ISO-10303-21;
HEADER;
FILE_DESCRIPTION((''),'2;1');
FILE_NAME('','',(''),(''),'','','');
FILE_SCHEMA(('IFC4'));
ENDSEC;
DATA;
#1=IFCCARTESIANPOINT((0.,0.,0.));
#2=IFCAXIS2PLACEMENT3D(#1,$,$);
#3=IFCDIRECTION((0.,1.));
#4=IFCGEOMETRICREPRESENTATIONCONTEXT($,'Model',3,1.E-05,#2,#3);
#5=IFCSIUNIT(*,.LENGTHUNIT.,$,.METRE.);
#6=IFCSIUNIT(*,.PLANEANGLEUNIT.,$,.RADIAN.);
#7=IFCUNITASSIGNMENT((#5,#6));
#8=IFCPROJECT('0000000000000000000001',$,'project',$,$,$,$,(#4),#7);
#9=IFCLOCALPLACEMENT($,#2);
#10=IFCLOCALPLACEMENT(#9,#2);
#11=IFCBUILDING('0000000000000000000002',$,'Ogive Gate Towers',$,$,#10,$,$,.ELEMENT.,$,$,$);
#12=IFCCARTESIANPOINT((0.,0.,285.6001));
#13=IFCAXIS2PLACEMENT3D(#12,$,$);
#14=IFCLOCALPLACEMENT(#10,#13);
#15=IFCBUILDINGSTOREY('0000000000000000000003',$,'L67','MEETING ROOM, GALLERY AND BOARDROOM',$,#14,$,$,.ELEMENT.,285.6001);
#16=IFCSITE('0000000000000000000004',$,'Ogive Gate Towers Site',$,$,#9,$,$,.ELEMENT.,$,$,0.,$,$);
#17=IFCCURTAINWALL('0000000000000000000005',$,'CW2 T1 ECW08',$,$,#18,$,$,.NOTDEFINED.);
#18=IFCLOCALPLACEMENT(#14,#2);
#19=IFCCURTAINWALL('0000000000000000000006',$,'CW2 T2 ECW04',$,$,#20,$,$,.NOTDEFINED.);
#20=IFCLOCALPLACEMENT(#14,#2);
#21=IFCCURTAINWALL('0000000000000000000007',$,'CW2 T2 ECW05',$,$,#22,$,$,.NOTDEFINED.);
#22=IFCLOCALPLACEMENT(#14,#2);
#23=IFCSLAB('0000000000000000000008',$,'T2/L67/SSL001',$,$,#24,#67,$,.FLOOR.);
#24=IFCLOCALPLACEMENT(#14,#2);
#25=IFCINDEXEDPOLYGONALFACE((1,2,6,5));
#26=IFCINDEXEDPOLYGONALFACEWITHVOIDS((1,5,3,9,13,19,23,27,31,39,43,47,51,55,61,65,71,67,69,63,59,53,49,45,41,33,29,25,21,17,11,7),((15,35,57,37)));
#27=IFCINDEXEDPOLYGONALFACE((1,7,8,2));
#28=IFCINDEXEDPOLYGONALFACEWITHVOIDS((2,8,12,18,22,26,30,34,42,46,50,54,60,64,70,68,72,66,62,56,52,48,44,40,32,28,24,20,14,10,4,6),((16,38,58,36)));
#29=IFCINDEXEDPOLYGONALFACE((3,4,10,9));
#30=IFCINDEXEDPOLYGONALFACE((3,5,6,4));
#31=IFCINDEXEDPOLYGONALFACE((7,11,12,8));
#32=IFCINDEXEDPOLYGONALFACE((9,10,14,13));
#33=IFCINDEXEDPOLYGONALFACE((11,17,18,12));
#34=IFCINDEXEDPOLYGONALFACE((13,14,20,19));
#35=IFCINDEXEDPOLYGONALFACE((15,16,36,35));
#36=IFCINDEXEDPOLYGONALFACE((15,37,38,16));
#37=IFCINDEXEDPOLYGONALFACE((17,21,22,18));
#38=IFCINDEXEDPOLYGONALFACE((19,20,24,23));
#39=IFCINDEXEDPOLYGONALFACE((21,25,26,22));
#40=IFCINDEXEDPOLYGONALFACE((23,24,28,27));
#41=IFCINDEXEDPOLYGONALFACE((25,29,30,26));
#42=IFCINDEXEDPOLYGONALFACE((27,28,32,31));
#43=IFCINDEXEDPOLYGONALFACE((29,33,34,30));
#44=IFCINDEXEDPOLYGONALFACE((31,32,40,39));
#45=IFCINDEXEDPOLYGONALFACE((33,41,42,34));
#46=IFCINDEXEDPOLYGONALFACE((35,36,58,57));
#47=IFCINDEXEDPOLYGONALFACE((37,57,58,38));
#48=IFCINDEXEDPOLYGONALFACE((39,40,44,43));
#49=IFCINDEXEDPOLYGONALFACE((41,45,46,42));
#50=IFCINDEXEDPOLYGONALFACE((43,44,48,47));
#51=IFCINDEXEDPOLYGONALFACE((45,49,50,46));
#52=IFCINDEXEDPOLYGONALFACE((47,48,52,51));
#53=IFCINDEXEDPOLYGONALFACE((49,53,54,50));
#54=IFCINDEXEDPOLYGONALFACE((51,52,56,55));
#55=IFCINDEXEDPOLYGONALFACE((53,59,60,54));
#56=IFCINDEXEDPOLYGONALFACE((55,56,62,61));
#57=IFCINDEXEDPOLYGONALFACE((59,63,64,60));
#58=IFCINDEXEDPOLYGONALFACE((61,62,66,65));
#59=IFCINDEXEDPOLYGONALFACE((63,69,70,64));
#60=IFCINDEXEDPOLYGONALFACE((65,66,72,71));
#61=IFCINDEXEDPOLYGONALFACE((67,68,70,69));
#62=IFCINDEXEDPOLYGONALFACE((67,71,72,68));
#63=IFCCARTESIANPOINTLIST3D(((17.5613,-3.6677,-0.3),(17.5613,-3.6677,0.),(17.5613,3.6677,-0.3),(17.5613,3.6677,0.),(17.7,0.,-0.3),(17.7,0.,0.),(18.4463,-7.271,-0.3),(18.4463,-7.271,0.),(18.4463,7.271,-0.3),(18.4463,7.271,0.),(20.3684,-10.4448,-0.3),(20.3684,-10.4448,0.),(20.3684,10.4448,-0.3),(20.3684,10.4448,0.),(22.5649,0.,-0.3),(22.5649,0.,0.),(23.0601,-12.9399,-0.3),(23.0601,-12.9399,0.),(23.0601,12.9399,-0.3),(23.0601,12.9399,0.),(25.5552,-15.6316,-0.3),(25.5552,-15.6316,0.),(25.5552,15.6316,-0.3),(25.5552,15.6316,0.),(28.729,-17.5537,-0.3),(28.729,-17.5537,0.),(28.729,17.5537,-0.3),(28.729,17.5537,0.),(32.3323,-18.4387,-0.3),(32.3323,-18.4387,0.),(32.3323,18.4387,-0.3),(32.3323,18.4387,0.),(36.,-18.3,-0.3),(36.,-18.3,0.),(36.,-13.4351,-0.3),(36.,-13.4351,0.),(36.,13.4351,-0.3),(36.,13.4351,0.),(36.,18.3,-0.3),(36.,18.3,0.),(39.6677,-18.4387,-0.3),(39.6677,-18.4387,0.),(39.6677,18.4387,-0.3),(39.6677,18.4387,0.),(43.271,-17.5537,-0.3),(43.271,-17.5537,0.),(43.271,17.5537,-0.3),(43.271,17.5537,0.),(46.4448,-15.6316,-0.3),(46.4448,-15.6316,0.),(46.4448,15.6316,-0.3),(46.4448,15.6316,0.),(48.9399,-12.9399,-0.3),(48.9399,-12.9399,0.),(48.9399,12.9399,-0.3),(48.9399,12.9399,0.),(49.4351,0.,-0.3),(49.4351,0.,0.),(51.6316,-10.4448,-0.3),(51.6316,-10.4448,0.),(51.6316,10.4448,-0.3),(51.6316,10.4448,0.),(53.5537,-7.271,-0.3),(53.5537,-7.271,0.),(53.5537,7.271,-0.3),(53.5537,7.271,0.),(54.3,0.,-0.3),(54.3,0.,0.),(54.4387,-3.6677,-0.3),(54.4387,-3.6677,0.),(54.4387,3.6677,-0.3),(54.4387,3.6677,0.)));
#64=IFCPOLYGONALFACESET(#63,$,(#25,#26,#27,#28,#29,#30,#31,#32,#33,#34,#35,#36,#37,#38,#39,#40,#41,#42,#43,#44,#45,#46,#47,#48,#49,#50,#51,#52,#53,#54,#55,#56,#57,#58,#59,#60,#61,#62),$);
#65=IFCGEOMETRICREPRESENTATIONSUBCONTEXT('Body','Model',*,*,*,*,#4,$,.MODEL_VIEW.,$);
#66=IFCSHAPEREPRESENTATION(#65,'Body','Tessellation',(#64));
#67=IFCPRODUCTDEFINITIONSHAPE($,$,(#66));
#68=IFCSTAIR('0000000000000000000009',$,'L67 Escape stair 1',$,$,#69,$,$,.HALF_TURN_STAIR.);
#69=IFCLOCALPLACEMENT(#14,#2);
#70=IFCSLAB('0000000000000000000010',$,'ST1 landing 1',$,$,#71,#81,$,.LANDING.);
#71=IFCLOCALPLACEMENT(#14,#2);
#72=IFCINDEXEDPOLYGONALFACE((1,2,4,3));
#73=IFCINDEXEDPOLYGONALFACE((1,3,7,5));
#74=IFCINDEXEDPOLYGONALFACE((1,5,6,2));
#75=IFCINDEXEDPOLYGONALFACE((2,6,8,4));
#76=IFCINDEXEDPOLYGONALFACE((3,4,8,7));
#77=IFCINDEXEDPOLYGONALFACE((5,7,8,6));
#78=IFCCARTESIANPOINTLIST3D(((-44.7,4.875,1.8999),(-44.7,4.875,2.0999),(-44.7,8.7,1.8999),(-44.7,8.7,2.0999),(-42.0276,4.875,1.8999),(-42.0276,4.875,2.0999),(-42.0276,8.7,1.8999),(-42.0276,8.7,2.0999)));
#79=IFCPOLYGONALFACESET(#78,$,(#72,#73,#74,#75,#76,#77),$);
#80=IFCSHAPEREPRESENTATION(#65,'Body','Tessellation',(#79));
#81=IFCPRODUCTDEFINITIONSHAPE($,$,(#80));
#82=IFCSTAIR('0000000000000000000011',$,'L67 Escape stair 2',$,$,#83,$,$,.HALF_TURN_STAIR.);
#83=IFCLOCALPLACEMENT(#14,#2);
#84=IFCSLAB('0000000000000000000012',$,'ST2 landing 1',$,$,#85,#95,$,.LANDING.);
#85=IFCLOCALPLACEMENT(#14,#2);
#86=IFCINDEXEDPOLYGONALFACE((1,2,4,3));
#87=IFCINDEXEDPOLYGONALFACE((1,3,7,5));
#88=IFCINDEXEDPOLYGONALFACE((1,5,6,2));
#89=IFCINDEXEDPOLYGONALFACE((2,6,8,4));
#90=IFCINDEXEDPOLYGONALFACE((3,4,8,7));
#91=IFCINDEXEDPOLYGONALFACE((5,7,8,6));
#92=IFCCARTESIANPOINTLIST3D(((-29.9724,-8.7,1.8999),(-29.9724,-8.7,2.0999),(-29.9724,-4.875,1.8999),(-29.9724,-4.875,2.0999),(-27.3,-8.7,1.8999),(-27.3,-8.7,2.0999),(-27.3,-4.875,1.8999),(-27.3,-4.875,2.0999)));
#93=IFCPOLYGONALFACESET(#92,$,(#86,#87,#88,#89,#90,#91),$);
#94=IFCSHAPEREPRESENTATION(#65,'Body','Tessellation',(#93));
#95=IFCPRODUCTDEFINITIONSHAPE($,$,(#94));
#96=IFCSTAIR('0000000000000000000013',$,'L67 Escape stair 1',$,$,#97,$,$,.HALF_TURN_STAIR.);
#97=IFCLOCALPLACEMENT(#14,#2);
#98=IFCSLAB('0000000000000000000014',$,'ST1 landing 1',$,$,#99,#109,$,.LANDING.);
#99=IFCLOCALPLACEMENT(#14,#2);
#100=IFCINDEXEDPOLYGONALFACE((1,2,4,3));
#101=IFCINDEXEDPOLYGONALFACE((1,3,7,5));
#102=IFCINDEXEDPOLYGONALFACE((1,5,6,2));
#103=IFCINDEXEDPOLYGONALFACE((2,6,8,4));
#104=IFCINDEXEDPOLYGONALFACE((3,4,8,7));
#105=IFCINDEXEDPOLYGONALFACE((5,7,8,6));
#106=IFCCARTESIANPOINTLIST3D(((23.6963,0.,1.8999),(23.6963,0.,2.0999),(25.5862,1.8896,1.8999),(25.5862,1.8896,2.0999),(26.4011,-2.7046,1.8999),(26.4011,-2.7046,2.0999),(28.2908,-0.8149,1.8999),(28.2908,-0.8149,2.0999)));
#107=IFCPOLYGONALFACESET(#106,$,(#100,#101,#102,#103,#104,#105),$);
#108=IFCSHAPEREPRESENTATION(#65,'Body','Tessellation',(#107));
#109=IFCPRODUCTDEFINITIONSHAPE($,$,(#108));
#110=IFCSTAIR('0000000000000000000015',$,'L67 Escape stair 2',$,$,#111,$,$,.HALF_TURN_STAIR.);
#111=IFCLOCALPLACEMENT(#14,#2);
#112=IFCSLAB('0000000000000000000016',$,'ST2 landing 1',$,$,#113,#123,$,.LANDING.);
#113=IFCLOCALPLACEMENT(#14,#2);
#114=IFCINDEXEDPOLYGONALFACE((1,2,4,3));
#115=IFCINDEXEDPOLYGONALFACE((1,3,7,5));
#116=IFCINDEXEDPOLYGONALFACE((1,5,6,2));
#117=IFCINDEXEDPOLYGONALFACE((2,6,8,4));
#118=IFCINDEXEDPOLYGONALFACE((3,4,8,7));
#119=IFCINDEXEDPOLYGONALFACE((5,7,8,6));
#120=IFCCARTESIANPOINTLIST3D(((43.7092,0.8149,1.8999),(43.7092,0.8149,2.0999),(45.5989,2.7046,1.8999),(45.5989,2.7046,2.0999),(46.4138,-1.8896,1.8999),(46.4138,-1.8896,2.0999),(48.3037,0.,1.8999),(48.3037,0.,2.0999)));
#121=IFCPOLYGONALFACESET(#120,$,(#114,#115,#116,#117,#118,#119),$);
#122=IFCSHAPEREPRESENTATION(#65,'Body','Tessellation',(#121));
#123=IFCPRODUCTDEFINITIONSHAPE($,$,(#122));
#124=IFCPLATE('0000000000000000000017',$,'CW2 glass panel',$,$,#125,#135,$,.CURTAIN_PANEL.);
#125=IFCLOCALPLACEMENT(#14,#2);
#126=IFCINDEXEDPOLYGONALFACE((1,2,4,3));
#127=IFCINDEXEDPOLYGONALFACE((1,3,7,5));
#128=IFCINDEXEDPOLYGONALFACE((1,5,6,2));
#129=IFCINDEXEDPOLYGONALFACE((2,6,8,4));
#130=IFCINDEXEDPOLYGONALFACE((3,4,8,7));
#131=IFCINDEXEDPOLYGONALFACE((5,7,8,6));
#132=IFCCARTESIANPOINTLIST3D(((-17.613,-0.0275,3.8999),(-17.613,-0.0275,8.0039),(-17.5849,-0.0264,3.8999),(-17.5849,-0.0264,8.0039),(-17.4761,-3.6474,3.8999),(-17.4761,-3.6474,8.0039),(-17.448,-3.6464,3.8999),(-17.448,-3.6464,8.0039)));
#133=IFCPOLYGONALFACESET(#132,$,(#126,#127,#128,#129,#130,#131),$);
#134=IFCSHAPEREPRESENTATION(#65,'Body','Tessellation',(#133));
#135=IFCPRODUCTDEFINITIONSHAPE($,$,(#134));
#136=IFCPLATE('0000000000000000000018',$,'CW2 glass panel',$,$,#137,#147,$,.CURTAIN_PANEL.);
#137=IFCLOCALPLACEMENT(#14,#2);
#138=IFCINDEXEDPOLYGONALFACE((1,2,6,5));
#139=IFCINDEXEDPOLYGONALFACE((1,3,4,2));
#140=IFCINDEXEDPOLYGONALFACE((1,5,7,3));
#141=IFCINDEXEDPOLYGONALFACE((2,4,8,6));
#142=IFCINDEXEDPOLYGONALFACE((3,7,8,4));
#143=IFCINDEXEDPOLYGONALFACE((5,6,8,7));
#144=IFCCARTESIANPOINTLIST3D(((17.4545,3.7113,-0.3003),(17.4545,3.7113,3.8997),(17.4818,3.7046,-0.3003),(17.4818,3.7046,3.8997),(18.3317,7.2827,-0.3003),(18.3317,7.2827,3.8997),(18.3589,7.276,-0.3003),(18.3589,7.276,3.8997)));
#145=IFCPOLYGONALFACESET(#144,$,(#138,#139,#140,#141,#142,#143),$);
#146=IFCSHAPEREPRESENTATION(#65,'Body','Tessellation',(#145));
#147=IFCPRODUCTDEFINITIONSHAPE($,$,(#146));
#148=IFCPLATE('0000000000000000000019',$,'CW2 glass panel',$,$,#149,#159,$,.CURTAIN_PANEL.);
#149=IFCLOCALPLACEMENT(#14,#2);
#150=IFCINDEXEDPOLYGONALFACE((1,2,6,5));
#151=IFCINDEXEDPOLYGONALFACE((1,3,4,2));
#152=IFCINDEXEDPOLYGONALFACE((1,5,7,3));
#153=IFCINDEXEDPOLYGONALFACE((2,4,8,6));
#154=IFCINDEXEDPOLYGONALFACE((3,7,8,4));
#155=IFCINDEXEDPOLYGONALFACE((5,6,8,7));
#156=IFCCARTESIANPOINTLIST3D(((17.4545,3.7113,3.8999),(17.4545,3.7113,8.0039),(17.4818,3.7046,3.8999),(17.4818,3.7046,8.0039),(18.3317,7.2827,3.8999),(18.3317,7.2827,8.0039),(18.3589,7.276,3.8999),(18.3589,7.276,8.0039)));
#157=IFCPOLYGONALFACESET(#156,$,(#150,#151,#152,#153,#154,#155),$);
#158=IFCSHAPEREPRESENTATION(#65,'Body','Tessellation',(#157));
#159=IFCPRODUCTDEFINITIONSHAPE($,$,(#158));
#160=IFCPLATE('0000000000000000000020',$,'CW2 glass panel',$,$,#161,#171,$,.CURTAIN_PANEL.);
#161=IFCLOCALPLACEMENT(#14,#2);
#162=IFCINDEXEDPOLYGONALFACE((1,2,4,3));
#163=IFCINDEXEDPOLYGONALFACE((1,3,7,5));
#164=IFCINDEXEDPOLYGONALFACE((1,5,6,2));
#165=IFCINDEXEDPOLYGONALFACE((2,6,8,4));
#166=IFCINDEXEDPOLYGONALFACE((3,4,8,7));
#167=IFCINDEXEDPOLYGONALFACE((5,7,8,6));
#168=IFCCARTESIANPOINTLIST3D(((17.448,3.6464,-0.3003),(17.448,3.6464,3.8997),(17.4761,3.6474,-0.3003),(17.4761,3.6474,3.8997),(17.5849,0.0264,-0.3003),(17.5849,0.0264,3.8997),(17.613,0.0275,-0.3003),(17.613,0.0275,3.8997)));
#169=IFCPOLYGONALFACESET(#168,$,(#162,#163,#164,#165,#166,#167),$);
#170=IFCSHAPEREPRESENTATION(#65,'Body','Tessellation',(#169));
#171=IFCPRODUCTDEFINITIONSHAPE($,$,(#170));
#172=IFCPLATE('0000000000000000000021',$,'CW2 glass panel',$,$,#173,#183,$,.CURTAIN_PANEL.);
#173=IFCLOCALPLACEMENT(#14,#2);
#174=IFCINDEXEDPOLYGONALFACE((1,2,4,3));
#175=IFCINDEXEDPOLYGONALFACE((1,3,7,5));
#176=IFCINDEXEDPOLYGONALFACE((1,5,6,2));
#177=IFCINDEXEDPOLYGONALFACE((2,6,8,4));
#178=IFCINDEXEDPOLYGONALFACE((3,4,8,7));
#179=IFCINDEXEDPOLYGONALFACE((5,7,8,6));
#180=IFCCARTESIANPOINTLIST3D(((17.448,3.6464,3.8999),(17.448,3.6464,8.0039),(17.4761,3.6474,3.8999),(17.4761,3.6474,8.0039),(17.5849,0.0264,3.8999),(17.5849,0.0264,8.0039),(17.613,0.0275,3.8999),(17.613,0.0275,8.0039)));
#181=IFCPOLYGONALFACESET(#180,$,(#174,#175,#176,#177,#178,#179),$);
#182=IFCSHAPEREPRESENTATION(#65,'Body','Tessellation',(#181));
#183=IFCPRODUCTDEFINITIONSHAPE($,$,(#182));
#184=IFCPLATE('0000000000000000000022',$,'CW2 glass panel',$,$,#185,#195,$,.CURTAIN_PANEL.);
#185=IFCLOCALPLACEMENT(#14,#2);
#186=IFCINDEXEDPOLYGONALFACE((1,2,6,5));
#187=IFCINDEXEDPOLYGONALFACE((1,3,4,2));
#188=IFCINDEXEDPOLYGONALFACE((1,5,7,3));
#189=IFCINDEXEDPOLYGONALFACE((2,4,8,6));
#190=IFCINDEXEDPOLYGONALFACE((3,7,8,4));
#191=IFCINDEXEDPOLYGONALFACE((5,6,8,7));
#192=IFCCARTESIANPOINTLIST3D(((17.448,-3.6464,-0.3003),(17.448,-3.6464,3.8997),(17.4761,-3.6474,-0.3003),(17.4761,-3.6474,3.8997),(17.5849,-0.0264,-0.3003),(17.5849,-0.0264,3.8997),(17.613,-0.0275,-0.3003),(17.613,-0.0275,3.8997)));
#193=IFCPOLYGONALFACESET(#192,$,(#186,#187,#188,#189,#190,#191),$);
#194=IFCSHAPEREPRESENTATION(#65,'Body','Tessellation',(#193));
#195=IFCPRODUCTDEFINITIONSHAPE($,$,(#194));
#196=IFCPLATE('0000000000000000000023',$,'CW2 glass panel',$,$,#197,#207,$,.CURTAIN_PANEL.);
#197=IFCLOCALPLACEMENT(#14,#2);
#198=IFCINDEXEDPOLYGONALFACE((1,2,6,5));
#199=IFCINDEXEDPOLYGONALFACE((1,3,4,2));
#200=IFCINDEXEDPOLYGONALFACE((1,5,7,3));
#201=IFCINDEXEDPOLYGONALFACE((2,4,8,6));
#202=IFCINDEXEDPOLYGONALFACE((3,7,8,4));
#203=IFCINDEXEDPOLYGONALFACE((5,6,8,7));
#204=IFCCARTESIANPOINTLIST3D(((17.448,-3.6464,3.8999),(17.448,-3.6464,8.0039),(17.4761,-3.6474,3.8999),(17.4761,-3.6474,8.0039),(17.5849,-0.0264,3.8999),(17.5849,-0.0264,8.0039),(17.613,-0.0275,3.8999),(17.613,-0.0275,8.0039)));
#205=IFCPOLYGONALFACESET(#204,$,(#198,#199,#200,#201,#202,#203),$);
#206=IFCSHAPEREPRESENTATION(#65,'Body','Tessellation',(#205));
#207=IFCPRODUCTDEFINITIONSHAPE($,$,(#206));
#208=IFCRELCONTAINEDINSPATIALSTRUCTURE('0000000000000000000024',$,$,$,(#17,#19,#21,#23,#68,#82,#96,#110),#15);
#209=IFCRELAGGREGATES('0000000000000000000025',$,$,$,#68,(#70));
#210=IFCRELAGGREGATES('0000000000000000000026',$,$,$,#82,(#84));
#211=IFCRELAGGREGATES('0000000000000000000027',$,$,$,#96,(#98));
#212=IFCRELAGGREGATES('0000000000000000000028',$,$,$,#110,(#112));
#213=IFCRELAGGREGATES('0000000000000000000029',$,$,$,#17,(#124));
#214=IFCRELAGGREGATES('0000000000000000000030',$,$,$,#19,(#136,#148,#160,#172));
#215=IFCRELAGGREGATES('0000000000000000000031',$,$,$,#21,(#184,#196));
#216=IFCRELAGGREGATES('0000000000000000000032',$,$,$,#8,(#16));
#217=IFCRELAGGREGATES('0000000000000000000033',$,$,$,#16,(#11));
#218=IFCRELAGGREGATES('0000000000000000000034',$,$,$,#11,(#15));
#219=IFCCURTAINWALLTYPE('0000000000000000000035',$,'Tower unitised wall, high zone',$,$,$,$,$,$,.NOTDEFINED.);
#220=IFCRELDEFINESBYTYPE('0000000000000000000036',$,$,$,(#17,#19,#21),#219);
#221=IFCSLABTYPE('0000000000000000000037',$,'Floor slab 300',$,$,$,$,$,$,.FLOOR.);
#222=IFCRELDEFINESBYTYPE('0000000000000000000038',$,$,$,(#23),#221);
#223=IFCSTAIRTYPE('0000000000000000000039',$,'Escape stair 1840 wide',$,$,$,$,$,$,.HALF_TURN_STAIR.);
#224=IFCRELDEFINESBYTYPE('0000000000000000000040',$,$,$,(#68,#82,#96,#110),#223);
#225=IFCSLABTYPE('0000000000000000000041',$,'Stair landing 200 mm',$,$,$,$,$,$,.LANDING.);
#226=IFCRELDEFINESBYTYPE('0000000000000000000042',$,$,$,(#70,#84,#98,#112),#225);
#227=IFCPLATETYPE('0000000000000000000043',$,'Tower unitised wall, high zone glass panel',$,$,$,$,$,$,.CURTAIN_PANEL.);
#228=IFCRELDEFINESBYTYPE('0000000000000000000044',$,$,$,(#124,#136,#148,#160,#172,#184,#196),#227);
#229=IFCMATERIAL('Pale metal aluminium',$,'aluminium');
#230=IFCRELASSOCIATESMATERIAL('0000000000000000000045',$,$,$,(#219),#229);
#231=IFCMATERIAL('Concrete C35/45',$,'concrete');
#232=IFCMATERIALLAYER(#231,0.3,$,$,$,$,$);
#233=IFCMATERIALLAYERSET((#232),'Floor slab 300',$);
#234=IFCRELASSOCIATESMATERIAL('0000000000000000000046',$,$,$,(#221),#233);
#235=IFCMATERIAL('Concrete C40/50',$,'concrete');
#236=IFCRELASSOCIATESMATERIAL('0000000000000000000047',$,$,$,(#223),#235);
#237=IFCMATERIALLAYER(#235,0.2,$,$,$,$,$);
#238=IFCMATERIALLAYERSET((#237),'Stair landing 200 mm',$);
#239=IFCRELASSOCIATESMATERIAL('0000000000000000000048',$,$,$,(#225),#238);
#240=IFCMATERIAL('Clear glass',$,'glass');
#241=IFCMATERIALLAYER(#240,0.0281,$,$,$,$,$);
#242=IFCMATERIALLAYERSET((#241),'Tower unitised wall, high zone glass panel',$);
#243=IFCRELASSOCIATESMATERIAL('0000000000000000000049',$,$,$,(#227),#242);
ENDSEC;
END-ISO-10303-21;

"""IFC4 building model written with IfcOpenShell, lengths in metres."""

from ifc_helpers import new_model, si_unit, direction, frame, origin, origin_2d, place, context, subcontext, project, spatial, polyline, rectangle, outline, extrude, material, layer, layer_set, type_object, element, aggregate, save


model = new_model("IFC4")

# Units and contexts
model_context = context("Model", 3, precision=1e-05, world=origin(), true_north=direction((0.0, 1.0)))
body_context = subcontext(model_context, "Body", "Model", "MODEL_VIEW")
ifc_project = project(units=[si_unit("LENGTHUNIT", "METRE"), si_unit("PLANEANGLEUNIT", "RADIAN")], contexts=[model_context])

# Site, building, storey
site_placement = place(None, origin())
site = spatial("IfcSite", under=ifc_project, at=site_placement, Name="Ogive Gate Towers Site", CompositionType="ELEMENT", RefElevation=0.0)
building_placement = place(site_placement, origin())
building = spatial("IfcBuilding", under=site, at=building_placement, Name="Ogive Gate Towers", CompositionType="ELEMENT")
storey_placement = place(building_placement, frame((0.0, 0.0, 285.6001)))
storey = spatial("IfcBuildingStorey", under=building, at=storey_placement, Name="L67", Description="MEETING ROOM, GALLERY AND BOARDROOM", CompositionType="ELEMENT", Elevation=285.6001)

# Curtain wall
ifc_material_1 = material(Name="Pale metal aluminium", Category="aluminium")
curtain_wall_type = type_object("IfcCurtainWallType", Name="Tower unitised wall, high zone", PredefinedType="NOTDEFINED", material=ifc_material_1)
curtain_wall_1_placement = place(storey_placement, origin())
curtain_wall_1 = element("IfcCurtainWall", 1, at=curtain_wall_1_placement, inside=storey, type_object=curtain_wall_type, Name="CW2 T1 ECW08", PredefinedType="NOTDEFINED")

# Curtain wall
curtain_wall_2_placement = place(storey_placement, origin())
curtain_wall_2 = element("IfcCurtainWall", 2, at=curtain_wall_2_placement, inside=storey, type_object=curtain_wall_type, Name="CW2 T2 ECW04", PredefinedType="NOTDEFINED")

# Curtain wall
curtain_wall_3_placement = place(storey_placement, origin())
curtain_wall_3 = element("IfcCurtainWall", 3, at=curtain_wall_3_placement, inside=storey, type_object=curtain_wall_type, Name="CW2 T2 ECW05", PredefinedType="NOTDEFINED")

# Slab
ifc_material_2 = material(Name="Concrete C40/50", Category="concrete")
ifc_material_3 = material(Name="Concrete C35/45", Category="concrete")
ifc_layer_1 = layer(ifc_material_3, 0.3)
ifc_layer_set_1 = layer_set([ifc_layer_1], Name="Floor slab 300")
slab_type_1 = type_object("IfcSlabType", Name="Floor slab 300", PredefinedType="FLOOR", material=ifc_layer_set_1)
slab_1_placement = place(storey_placement, frame((0.0, 0.0, -0.3)))
element("IfcSlab", 4, at=slab_1_placement, inside=storey, type_object=slab_type_1, Name="T2/L67/SSL001", PredefinedType="FLOOR", context=body_context, shape_type="SweptSolid", body=[
    extrude(outline(polyline([(54.4387, -3.6677), (54.3, 0.0), (54.4387, 3.6677), (53.5537, 7.271), (51.6316, 10.4448), (48.9399, 12.9399), (46.4448, 15.6316), (43.271, 17.5537), (39.6677, 18.4387), (36.0, 18.3), (32.3323, 18.4387), (28.729, 17.5537), (25.5552, 15.6316), (23.0601, 12.9399), (20.3684, 10.4448), (18.4463, 7.271), (17.5613, 3.6677), (17.7, 0.0), (17.5613, -3.6677), (18.4463, -7.271), (20.3684, -10.4448), (23.0601, -12.9399), (25.5552, -15.6316), (28.729, -17.5537), (32.3323, -18.4387), (36.0, -18.3), (39.6677, -18.4387), (43.271, -17.5537), (46.4448, -15.6316), (48.9399, -12.9399), (51.6316, -10.4448), (53.5537, -7.271), (54.4387, -3.6677)]), holes=[polyline([(49.4351, 0.0), (36.0, -13.4351), (22.5649, 0.0), (36.0, 13.4351), (49.4351, 0.0)])]), origin(), (0.0, 0.0, 1.0), 0.3),
])

# Stairs, slabs
stair_type = type_object("IfcStairType", Name="Escape stair 1840 wide", PredefinedType="HALF_TURN_STAIR", material=ifc_material_2)
stair_1_placement = place(storey_placement, origin())
stair_1 = element("IfcStair", 5, at=stair_1_placement, inside=storey, type_object=stair_type, Name="L67 Escape stair 1", PredefinedType="HALF_TURN_STAIR")
ifc_layer_2 = layer(ifc_material_2, 0.2)
ifc_layer_set_2 = layer_set([ifc_layer_2], Name="Stair landing 200 mm")
slab_type_2 = type_object("IfcSlabType", Name="Stair landing 200 mm", PredefinedType="LANDING", material=ifc_layer_set_2)
slab_2_placement = place(storey_placement, frame((0.0, 0.0, 1.8999)))
slab_2 = element("IfcSlab", 6, at=slab_2_placement, type_object=slab_type_2, Name="ST1 landing 1", PredefinedType="LANDING", context=body_context, shape_type="SweptSolid", body=[
    extrude(outline(polyline([(-42.0276, 8.7), (-44.7, 8.7), (-44.7, 4.875), (-42.0276, 4.875), (-42.0276, 8.7)])), origin(), (0.0, 0.0, 1.0), 0.2),
])
aggregate(stair_1, [slab_2])
stair_2_placement = place(storey_placement, origin())
stair_2 = element("IfcStair", 7, at=stair_2_placement, inside=storey, type_object=stair_type, Name="L67 Escape stair 2", PredefinedType="HALF_TURN_STAIR")
slab_3_placement = place(storey_placement, frame((0.0, 0.0, 1.8999)))
slab_3 = element("IfcSlab", 8, at=slab_3_placement, type_object=slab_type_2, Name="ST2 landing 1", PredefinedType="LANDING", context=body_context, shape_type="SweptSolid", body=[
    extrude(outline(polyline([(-29.9724, -8.7), (-27.3, -8.7), (-27.3, -4.875), (-29.9724, -4.875), (-29.9724, -8.7)])), origin(), (0.0, 0.0, 1.0), 0.2),
])
aggregate(stair_2, [slab_3])
stair_3_placement = place(storey_placement, origin())
stair_3 = element("IfcStair", 9, at=stair_3_placement, inside=storey, type_object=stair_type, Name="L67 Escape stair 1", PredefinedType="HALF_TURN_STAIR")
slab_4_placement = place(storey_placement, frame((0.0, 0.0, 1.8999)))
slab_4 = element("IfcSlab", 10, at=slab_4_placement, type_object=slab_type_2, Name="ST1 landing 1", PredefinedType="LANDING", context=body_context, shape_type="SweptSolid", body=[
    extrude(outline(polyline([(25.5862, 1.8896), (23.6963, 0.0), (26.4011, -2.7046), (28.2908, -0.8149), (25.5862, 1.8896)])), origin(), (0.0, 0.0, 1.0), 0.2),
])
aggregate(stair_3, [slab_4])
stair_4_placement = place(storey_placement, origin())
stair_4 = element("IfcStair", 11, at=stair_4_placement, inside=storey, type_object=stair_type, Name="L67 Escape stair 2", PredefinedType="HALF_TURN_STAIR")
slab_5_placement = place(storey_placement, frame((0.0, 0.0, 1.8999)))
slab_5 = element("IfcSlab", 12, at=slab_5_placement, type_object=slab_type_2, Name="ST2 landing 1", PredefinedType="LANDING", context=body_context, shape_type="SweptSolid", body=[
    extrude(outline(polyline([(46.4138, -1.8896), (48.3037, 0.0), (45.5989, 2.7046), (43.7092, 0.8149), (46.4138, -1.8896)])), origin(), (0.0, 0.0, 1.0), 0.2),
])
aggregate(stair_4, [slab_5])

# Plates
ifc_material_4 = material(Name="Clear glass", Category="glass")
ifc_layer_3 = layer(ifc_material_4, 0.0281)
ifc_layer_set_3 = layer_set([ifc_layer_3], Name="Tower unitised wall, high zone glass panel")
plate_type = type_object("IfcPlateType", Name="Tower unitised wall, high zone glass panel", PredefinedType="CURTAIN_PANEL", material=ifc_layer_set_3)
plate_1_placement = place(storey_placement, frame((-17.5305, -1.8369, 3.8999), z_axis=(0.0, 0.0, 1.0), x_axis=(-0.037795, 0.999286, 0.0)))
plate_1 = element("IfcPlate", 13, at=plate_1_placement, type_object=plate_type, Name="CW2 glass panel", PredefinedType="CURTAIN_PANEL", context=body_context, shape_type="SweptSolid", body=[
    extrude(rectangle(XDim=3.6226, YDim=0.0281, at=origin_2d()), origin(), (0.0, 0.0, 1.0), 4.104),
])
aggregate(curtain_wall_1, [plate_1])
plate_2_placement = place(storey_placement, frame((17.9067, 5.4937, -0.3003), z_axis=(0.0, 0.0, 1.0), x_axis=(-0.238517, -0.971138, 0.0)))
plate_2 = element("IfcPlate", 14, at=plate_2_placement, type_object=plate_type, Name="CW2 glass panel", PredefinedType="CURTAIN_PANEL", context=body_context, shape_type="SweptSolid", body=[
    extrude(rectangle(XDim=3.6775, YDim=0.0281, at=origin_2d()), origin(), (0.0, 0.0, 1.0), 4.2),
])
plate_3_placement = place(storey_placement, frame((17.9067, 5.4937, 3.8999), z_axis=(0.0, 0.0, 1.0), x_axis=(-0.238517, -0.971138, 0.0)))
plate_3 = element("IfcPlate", 15, at=plate_3_placement, type_object=plate_type, Name="CW2 glass panel", PredefinedType="CURTAIN_PANEL", context=body_context, shape_type="SweptSolid", body=[
    extrude(rectangle(XDim=3.6775, YDim=0.0281, at=origin_2d()), origin(), (0.0, 0.0, 1.0), 4.104),
])
plate_4_placement = place(storey_placement, frame((17.5305, 1.8369, -0.3003), z_axis=(0.0, 0.0, 1.0), x_axis=(0.037795, -0.999286, 0.0)))
plate_4 = element("IfcPlate", 16, at=plate_4_placement, type_object=plate_type, Name="CW2 glass panel", PredefinedType="CURTAIN_PANEL", context=body_context, shape_type="SweptSolid", body=[
    extrude(rectangle(XDim=3.6226, YDim=0.0281, at=origin_2d()), origin(), (0.0, 0.0, 1.0), 4.2),
])
plate_5_placement = place(storey_placement, frame((17.5305, 1.8369, 3.8999), z_axis=(0.0, 0.0, 1.0), x_axis=(0.037795, -0.999286, 0.0)))
plate_5 = element("IfcPlate", 17, at=plate_5_placement, type_object=plate_type, Name="CW2 glass panel", PredefinedType="CURTAIN_PANEL", context=body_context, shape_type="SweptSolid", body=[
    extrude(rectangle(XDim=3.6226, YDim=0.0281, at=origin_2d()), origin(), (0.0, 0.0, 1.0), 4.104),
])
aggregate(curtain_wall_2, [plate_2, plate_3, plate_4, plate_5])
plate_6_placement = place(storey_placement, frame((17.5305, -1.8369, -0.3003), z_axis=(0.0, 0.0, 1.0), x_axis=(-0.037795, -0.999286, 0.0)))
plate_6 = element("IfcPlate", 18, at=plate_6_placement, type_object=plate_type, Name="CW2 glass panel", PredefinedType="CURTAIN_PANEL", context=body_context, shape_type="SweptSolid", body=[
    extrude(rectangle(XDim=3.6226, YDim=0.0281, at=origin_2d()), origin(), (0.0, 0.0, 1.0), 4.2),
])
plate_7_placement = place(storey_placement, frame((17.5305, -1.8369, 3.8999), z_axis=(0.0, 0.0, 1.0), x_axis=(-0.037795, -0.999286, 0.0)))
plate_7 = element("IfcPlate", 19, at=plate_7_placement, type_object=plate_type, Name="CW2 glass panel", PredefinedType="CURTAIN_PANEL", context=body_context, shape_type="SweptSolid", body=[
    extrude(rectangle(XDim=3.6226, YDim=0.0281, at=origin_2d()), origin(), (0.0, 0.0, 1.0), 4.104),
])
aggregate(curtain_wall_3, [plate_6, plate_7])

save(model, "model.ifc")
